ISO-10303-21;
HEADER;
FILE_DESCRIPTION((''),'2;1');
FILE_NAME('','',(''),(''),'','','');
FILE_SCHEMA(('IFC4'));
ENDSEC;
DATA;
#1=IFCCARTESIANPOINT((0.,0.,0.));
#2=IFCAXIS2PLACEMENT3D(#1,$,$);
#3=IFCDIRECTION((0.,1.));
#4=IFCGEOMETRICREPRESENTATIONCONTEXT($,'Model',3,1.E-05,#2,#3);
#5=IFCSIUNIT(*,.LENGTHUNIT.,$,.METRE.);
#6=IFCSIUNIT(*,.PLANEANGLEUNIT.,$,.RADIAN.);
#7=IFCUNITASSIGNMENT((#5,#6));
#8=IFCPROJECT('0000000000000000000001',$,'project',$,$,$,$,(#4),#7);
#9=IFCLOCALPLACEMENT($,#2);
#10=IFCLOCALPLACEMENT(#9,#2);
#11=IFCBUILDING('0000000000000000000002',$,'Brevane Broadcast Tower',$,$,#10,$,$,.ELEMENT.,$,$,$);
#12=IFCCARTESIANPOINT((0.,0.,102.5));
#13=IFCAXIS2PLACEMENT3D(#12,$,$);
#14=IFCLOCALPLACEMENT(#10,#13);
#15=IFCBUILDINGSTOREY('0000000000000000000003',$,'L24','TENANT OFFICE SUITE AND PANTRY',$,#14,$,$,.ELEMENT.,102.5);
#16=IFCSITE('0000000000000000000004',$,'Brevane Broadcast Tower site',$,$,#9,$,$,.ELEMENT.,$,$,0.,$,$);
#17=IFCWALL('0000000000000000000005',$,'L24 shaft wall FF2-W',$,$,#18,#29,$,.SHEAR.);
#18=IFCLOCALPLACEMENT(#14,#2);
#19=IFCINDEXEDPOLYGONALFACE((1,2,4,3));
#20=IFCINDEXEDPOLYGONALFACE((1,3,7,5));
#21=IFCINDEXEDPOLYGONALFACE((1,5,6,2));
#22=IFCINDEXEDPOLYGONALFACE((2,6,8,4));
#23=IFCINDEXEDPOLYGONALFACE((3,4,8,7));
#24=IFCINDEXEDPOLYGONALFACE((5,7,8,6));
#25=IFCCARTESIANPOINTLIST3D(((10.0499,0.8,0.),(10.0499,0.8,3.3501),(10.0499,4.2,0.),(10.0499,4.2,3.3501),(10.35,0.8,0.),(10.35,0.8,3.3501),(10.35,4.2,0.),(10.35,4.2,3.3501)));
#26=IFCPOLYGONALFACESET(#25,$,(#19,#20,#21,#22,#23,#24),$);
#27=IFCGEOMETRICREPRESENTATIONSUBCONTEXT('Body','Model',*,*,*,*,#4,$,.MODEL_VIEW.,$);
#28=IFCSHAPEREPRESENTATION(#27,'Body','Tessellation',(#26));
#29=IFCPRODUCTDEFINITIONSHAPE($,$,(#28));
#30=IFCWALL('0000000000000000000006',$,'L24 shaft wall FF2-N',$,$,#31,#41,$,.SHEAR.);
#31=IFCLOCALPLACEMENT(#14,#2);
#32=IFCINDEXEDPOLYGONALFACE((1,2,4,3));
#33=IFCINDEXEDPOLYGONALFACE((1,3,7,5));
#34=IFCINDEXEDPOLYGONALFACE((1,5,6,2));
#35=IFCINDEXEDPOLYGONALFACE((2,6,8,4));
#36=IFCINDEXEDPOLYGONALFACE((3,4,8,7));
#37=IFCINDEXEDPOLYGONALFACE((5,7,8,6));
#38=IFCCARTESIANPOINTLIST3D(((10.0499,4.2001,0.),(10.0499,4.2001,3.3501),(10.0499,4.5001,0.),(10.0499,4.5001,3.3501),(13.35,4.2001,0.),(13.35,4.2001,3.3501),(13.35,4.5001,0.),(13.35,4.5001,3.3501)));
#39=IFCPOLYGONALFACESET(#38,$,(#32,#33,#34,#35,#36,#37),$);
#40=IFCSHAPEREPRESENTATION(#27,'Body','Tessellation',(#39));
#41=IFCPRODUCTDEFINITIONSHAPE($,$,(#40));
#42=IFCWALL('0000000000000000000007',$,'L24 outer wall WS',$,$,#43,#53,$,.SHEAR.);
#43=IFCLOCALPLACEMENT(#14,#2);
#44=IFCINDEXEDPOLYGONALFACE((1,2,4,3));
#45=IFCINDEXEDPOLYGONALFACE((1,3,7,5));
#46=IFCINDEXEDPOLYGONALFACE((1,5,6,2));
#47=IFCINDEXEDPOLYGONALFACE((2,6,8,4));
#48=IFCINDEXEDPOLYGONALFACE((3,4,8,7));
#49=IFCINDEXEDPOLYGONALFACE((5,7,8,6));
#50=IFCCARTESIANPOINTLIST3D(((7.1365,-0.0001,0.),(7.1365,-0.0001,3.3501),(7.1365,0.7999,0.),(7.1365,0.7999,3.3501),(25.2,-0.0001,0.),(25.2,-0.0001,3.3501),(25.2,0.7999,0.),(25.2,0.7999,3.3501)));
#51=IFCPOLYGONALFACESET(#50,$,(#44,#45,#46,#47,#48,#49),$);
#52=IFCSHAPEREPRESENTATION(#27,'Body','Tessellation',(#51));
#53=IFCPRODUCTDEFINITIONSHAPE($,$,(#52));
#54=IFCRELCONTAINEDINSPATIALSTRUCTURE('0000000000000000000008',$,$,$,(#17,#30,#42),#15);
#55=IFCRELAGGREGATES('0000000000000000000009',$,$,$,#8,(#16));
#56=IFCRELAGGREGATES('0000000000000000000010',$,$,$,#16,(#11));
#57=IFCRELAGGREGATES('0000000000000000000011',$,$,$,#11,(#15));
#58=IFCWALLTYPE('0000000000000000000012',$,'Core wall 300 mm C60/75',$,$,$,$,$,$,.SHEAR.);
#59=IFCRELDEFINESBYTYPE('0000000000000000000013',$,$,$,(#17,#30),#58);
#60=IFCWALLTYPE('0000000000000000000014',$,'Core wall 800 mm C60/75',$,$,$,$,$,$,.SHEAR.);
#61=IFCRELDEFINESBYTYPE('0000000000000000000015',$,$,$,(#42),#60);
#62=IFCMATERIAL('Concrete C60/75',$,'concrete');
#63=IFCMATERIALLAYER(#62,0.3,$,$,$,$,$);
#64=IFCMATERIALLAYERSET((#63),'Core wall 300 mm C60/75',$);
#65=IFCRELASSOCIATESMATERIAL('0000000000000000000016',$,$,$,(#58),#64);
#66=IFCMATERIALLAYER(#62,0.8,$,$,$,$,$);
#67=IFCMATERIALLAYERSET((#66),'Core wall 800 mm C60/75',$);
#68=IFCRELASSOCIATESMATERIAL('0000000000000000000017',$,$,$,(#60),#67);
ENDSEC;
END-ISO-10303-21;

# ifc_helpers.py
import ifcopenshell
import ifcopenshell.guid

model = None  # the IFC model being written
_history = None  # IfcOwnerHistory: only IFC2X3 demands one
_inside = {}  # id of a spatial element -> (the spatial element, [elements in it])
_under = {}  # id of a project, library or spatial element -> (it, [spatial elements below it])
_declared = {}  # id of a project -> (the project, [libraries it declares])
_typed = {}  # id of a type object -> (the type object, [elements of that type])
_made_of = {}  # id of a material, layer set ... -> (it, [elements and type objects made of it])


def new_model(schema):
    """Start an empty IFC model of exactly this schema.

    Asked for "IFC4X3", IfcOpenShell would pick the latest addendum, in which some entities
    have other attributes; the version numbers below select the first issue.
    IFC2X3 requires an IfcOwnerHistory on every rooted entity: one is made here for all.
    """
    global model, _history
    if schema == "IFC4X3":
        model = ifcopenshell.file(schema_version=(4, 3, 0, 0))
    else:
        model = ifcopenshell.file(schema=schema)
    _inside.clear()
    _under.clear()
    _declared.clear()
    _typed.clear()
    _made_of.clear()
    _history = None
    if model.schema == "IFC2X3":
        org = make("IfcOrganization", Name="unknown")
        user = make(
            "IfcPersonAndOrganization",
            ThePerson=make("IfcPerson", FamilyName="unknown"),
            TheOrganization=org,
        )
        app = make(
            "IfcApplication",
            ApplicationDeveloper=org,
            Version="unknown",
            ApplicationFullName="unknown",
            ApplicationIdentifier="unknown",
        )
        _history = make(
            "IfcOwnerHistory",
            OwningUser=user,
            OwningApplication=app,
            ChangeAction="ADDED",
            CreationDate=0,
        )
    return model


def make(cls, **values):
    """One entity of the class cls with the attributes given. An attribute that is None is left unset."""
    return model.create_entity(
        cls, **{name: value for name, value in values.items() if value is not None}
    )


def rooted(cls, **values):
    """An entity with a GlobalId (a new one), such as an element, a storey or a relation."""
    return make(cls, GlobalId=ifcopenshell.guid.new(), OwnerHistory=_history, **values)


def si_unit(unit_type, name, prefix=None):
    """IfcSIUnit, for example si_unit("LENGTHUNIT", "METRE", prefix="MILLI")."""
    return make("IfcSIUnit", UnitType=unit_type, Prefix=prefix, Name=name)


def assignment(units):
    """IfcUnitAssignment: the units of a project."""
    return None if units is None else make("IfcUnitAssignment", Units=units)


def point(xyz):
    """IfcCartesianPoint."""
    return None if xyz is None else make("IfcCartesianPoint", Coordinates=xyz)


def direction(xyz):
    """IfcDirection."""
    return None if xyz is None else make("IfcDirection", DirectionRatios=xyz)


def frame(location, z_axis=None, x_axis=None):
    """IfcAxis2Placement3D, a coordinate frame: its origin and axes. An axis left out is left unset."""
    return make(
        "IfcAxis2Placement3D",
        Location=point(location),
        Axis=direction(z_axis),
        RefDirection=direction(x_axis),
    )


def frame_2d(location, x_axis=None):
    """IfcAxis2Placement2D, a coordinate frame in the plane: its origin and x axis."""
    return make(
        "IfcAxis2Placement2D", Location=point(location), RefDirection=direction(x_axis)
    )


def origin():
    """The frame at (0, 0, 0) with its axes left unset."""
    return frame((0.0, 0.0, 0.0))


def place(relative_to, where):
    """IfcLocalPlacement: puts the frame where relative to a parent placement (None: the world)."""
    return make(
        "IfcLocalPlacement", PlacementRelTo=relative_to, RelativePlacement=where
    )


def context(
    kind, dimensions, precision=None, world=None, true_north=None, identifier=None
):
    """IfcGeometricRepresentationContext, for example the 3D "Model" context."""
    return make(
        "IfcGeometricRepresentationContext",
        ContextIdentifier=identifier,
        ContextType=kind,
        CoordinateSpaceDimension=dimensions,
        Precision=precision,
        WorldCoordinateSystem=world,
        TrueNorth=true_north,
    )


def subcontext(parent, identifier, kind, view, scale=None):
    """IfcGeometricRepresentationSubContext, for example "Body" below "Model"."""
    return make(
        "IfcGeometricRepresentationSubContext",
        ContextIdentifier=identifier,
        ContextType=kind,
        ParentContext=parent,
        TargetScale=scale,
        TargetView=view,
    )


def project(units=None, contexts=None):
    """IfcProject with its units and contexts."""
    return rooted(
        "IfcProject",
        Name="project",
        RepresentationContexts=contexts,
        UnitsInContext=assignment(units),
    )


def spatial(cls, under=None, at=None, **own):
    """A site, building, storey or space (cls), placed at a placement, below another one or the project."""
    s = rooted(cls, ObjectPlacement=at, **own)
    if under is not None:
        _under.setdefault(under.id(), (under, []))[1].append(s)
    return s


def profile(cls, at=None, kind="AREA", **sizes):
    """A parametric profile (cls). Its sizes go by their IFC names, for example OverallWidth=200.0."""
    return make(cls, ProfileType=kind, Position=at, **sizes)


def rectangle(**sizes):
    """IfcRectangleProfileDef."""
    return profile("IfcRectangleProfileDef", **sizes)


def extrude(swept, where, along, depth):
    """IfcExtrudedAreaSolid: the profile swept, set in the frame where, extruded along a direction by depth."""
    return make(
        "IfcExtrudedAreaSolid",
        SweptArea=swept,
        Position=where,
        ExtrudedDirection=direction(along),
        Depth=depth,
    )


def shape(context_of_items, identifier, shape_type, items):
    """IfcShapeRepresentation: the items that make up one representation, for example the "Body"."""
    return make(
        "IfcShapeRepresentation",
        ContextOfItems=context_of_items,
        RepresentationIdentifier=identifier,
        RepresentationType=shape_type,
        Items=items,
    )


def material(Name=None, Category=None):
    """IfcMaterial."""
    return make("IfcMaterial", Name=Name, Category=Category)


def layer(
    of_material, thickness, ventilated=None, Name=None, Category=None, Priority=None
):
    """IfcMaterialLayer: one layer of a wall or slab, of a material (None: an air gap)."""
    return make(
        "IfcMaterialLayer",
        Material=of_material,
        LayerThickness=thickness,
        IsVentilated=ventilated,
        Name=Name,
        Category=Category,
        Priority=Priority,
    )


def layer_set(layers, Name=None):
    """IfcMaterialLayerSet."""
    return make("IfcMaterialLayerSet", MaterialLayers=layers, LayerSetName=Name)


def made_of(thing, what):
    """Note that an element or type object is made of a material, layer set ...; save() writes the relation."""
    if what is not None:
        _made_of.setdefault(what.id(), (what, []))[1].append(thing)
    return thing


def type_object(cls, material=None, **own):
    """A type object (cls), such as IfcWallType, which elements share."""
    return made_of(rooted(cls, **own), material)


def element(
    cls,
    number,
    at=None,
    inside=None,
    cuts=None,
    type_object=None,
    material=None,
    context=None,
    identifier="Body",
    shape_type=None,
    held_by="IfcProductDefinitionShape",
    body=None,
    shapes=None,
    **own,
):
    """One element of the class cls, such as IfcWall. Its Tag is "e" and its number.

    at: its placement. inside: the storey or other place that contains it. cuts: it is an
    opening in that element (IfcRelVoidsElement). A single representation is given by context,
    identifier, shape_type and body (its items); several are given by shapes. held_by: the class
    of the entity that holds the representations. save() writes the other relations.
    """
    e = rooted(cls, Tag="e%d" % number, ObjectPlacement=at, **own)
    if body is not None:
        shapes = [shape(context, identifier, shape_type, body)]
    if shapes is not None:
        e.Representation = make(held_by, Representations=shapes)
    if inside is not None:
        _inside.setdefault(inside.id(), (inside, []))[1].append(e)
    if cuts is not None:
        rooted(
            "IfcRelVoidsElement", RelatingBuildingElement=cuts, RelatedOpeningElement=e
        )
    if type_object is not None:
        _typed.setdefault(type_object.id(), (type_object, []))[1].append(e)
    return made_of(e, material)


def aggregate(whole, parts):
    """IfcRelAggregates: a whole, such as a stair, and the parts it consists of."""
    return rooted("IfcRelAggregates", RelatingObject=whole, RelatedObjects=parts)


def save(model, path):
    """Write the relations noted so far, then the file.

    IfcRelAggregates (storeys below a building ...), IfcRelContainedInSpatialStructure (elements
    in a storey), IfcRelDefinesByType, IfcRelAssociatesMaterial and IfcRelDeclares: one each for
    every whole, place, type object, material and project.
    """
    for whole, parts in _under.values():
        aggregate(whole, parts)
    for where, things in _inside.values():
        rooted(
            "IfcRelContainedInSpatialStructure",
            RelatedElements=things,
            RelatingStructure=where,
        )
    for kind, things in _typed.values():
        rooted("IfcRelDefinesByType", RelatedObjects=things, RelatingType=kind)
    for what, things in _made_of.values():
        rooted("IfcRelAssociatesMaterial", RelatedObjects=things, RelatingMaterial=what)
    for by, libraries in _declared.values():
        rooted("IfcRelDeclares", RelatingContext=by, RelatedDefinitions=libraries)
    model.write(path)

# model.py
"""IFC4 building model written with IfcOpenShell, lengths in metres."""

from ifc_helpers import new_model, si_unit, direction, frame, frame_2d, origin, place, context, subcontext, project, spatial, rectangle, extrude, material, layer, layer_set, type_object, element, save


model = new_model("IFC4")

# Units and contexts
model_context = context("Model", 3, precision=1e-05, world=origin(), true_north=direction((0.0, 1.0)))
body_context = subcontext(model_context, "Body", "Model", "MODEL_VIEW")
ifc_project = project(units=[si_unit("LENGTHUNIT", "METRE"), si_unit("PLANEANGLEUNIT", "RADIAN")], contexts=[model_context])

# Site, building, storey
site_placement = place(None, origin())
site = spatial("IfcSite", under=ifc_project, at=site_placement, Name="Brevane Broadcast Tower site", CompositionType="ELEMENT", RefElevation=0.0)
building_placement = place(site_placement, origin())
building = spatial("IfcBuilding", under=site, at=building_placement, Name="Brevane Broadcast Tower", CompositionType="ELEMENT")
storey_placement = place(building_placement, frame((0.0, 0.0, 102.5)))
storey = spatial("IfcBuildingStorey", under=building, at=storey_placement, Name="L24", Description="TENANT OFFICE SUITE AND PANTRY", CompositionType="ELEMENT", Elevation=102.5)

# Walls
ifc_material_1 = material(Name="Concrete C60/75", Category="concrete")
ifc_layer_1 = layer(ifc_material_1, 0.3)
ifc_layer_set_1 = layer_set([ifc_layer_1], Name="Core wall 300 mm C60/75")
wall_type_1 = type_object("IfcWallType", Name="Core wall 300 mm C60/75", PredefinedType="SHEAR", material=ifc_layer_set_1)
wall_1_placement = place(storey_placement, frame((10.2, 0.8, 0.0), z_axis=(0.0, 0.0, 1.0), x_axis=(0.0, 1.0, 0.0)))
element("IfcWall", 1, at=wall_1_placement, inside=storey, type_object=wall_type_1, Name="L24 shaft wall FF2-W", PredefinedType="SHEAR", context=body_context, shape_type="SweptSolid", body=[
    extrude(rectangle(XDim=3.3999, YDim=0.3, at=frame_2d((1.7, 0.0))), origin(), (0.0, 0.0, 1.0), 3.3501),
])
wall_2_placement = place(storey_placement, frame((10.05, 4.3501, 0.0), z_axis=(0.0, 0.0, 1.0), x_axis=(1.0, 0.0, 0.0)))
element("IfcWall", 2, at=wall_2_placement, inside=storey, type_object=wall_type_1, Name="L24 shaft wall FF2-N", PredefinedType="SHEAR", context=body_context, shape_type="SweptSolid", body=[
    extrude(rectangle(XDim=3.3, YDim=0.3, at=frame_2d((1.6499, 0.0))), origin(), (0.0, 0.0, 1.0), 3.3501),
])
ifc_layer_2 = layer(ifc_material_1, 0.8)
ifc_layer_set_2 = layer_set([ifc_layer_2], Name="Core wall 800 mm C60/75")
wall_type_2 = type_object("IfcWallType", Name="Core wall 800 mm C60/75", PredefinedType="SHEAR", material=ifc_layer_set_2)
wall_3_placement = place(storey_placement, frame((7.1365, 0.3999, 0.0), z_axis=(0.0, 0.0, 1.0), x_axis=(1.0, 0.0, 0.0)))
element("IfcWall", 3, at=wall_3_placement, inside=storey, type_object=wall_type_2, Name="L24 outer wall WS", PredefinedType="SHEAR", context=body_context, shape_type="SweptSolid", body=[
    extrude(rectangle(XDim=18.0635, YDim=0.8, at=frame_2d((9.0317, 0.0))), origin(), (0.0, 0.0, 1.0), 3.3501),
])

save(model, "model.ifc")
